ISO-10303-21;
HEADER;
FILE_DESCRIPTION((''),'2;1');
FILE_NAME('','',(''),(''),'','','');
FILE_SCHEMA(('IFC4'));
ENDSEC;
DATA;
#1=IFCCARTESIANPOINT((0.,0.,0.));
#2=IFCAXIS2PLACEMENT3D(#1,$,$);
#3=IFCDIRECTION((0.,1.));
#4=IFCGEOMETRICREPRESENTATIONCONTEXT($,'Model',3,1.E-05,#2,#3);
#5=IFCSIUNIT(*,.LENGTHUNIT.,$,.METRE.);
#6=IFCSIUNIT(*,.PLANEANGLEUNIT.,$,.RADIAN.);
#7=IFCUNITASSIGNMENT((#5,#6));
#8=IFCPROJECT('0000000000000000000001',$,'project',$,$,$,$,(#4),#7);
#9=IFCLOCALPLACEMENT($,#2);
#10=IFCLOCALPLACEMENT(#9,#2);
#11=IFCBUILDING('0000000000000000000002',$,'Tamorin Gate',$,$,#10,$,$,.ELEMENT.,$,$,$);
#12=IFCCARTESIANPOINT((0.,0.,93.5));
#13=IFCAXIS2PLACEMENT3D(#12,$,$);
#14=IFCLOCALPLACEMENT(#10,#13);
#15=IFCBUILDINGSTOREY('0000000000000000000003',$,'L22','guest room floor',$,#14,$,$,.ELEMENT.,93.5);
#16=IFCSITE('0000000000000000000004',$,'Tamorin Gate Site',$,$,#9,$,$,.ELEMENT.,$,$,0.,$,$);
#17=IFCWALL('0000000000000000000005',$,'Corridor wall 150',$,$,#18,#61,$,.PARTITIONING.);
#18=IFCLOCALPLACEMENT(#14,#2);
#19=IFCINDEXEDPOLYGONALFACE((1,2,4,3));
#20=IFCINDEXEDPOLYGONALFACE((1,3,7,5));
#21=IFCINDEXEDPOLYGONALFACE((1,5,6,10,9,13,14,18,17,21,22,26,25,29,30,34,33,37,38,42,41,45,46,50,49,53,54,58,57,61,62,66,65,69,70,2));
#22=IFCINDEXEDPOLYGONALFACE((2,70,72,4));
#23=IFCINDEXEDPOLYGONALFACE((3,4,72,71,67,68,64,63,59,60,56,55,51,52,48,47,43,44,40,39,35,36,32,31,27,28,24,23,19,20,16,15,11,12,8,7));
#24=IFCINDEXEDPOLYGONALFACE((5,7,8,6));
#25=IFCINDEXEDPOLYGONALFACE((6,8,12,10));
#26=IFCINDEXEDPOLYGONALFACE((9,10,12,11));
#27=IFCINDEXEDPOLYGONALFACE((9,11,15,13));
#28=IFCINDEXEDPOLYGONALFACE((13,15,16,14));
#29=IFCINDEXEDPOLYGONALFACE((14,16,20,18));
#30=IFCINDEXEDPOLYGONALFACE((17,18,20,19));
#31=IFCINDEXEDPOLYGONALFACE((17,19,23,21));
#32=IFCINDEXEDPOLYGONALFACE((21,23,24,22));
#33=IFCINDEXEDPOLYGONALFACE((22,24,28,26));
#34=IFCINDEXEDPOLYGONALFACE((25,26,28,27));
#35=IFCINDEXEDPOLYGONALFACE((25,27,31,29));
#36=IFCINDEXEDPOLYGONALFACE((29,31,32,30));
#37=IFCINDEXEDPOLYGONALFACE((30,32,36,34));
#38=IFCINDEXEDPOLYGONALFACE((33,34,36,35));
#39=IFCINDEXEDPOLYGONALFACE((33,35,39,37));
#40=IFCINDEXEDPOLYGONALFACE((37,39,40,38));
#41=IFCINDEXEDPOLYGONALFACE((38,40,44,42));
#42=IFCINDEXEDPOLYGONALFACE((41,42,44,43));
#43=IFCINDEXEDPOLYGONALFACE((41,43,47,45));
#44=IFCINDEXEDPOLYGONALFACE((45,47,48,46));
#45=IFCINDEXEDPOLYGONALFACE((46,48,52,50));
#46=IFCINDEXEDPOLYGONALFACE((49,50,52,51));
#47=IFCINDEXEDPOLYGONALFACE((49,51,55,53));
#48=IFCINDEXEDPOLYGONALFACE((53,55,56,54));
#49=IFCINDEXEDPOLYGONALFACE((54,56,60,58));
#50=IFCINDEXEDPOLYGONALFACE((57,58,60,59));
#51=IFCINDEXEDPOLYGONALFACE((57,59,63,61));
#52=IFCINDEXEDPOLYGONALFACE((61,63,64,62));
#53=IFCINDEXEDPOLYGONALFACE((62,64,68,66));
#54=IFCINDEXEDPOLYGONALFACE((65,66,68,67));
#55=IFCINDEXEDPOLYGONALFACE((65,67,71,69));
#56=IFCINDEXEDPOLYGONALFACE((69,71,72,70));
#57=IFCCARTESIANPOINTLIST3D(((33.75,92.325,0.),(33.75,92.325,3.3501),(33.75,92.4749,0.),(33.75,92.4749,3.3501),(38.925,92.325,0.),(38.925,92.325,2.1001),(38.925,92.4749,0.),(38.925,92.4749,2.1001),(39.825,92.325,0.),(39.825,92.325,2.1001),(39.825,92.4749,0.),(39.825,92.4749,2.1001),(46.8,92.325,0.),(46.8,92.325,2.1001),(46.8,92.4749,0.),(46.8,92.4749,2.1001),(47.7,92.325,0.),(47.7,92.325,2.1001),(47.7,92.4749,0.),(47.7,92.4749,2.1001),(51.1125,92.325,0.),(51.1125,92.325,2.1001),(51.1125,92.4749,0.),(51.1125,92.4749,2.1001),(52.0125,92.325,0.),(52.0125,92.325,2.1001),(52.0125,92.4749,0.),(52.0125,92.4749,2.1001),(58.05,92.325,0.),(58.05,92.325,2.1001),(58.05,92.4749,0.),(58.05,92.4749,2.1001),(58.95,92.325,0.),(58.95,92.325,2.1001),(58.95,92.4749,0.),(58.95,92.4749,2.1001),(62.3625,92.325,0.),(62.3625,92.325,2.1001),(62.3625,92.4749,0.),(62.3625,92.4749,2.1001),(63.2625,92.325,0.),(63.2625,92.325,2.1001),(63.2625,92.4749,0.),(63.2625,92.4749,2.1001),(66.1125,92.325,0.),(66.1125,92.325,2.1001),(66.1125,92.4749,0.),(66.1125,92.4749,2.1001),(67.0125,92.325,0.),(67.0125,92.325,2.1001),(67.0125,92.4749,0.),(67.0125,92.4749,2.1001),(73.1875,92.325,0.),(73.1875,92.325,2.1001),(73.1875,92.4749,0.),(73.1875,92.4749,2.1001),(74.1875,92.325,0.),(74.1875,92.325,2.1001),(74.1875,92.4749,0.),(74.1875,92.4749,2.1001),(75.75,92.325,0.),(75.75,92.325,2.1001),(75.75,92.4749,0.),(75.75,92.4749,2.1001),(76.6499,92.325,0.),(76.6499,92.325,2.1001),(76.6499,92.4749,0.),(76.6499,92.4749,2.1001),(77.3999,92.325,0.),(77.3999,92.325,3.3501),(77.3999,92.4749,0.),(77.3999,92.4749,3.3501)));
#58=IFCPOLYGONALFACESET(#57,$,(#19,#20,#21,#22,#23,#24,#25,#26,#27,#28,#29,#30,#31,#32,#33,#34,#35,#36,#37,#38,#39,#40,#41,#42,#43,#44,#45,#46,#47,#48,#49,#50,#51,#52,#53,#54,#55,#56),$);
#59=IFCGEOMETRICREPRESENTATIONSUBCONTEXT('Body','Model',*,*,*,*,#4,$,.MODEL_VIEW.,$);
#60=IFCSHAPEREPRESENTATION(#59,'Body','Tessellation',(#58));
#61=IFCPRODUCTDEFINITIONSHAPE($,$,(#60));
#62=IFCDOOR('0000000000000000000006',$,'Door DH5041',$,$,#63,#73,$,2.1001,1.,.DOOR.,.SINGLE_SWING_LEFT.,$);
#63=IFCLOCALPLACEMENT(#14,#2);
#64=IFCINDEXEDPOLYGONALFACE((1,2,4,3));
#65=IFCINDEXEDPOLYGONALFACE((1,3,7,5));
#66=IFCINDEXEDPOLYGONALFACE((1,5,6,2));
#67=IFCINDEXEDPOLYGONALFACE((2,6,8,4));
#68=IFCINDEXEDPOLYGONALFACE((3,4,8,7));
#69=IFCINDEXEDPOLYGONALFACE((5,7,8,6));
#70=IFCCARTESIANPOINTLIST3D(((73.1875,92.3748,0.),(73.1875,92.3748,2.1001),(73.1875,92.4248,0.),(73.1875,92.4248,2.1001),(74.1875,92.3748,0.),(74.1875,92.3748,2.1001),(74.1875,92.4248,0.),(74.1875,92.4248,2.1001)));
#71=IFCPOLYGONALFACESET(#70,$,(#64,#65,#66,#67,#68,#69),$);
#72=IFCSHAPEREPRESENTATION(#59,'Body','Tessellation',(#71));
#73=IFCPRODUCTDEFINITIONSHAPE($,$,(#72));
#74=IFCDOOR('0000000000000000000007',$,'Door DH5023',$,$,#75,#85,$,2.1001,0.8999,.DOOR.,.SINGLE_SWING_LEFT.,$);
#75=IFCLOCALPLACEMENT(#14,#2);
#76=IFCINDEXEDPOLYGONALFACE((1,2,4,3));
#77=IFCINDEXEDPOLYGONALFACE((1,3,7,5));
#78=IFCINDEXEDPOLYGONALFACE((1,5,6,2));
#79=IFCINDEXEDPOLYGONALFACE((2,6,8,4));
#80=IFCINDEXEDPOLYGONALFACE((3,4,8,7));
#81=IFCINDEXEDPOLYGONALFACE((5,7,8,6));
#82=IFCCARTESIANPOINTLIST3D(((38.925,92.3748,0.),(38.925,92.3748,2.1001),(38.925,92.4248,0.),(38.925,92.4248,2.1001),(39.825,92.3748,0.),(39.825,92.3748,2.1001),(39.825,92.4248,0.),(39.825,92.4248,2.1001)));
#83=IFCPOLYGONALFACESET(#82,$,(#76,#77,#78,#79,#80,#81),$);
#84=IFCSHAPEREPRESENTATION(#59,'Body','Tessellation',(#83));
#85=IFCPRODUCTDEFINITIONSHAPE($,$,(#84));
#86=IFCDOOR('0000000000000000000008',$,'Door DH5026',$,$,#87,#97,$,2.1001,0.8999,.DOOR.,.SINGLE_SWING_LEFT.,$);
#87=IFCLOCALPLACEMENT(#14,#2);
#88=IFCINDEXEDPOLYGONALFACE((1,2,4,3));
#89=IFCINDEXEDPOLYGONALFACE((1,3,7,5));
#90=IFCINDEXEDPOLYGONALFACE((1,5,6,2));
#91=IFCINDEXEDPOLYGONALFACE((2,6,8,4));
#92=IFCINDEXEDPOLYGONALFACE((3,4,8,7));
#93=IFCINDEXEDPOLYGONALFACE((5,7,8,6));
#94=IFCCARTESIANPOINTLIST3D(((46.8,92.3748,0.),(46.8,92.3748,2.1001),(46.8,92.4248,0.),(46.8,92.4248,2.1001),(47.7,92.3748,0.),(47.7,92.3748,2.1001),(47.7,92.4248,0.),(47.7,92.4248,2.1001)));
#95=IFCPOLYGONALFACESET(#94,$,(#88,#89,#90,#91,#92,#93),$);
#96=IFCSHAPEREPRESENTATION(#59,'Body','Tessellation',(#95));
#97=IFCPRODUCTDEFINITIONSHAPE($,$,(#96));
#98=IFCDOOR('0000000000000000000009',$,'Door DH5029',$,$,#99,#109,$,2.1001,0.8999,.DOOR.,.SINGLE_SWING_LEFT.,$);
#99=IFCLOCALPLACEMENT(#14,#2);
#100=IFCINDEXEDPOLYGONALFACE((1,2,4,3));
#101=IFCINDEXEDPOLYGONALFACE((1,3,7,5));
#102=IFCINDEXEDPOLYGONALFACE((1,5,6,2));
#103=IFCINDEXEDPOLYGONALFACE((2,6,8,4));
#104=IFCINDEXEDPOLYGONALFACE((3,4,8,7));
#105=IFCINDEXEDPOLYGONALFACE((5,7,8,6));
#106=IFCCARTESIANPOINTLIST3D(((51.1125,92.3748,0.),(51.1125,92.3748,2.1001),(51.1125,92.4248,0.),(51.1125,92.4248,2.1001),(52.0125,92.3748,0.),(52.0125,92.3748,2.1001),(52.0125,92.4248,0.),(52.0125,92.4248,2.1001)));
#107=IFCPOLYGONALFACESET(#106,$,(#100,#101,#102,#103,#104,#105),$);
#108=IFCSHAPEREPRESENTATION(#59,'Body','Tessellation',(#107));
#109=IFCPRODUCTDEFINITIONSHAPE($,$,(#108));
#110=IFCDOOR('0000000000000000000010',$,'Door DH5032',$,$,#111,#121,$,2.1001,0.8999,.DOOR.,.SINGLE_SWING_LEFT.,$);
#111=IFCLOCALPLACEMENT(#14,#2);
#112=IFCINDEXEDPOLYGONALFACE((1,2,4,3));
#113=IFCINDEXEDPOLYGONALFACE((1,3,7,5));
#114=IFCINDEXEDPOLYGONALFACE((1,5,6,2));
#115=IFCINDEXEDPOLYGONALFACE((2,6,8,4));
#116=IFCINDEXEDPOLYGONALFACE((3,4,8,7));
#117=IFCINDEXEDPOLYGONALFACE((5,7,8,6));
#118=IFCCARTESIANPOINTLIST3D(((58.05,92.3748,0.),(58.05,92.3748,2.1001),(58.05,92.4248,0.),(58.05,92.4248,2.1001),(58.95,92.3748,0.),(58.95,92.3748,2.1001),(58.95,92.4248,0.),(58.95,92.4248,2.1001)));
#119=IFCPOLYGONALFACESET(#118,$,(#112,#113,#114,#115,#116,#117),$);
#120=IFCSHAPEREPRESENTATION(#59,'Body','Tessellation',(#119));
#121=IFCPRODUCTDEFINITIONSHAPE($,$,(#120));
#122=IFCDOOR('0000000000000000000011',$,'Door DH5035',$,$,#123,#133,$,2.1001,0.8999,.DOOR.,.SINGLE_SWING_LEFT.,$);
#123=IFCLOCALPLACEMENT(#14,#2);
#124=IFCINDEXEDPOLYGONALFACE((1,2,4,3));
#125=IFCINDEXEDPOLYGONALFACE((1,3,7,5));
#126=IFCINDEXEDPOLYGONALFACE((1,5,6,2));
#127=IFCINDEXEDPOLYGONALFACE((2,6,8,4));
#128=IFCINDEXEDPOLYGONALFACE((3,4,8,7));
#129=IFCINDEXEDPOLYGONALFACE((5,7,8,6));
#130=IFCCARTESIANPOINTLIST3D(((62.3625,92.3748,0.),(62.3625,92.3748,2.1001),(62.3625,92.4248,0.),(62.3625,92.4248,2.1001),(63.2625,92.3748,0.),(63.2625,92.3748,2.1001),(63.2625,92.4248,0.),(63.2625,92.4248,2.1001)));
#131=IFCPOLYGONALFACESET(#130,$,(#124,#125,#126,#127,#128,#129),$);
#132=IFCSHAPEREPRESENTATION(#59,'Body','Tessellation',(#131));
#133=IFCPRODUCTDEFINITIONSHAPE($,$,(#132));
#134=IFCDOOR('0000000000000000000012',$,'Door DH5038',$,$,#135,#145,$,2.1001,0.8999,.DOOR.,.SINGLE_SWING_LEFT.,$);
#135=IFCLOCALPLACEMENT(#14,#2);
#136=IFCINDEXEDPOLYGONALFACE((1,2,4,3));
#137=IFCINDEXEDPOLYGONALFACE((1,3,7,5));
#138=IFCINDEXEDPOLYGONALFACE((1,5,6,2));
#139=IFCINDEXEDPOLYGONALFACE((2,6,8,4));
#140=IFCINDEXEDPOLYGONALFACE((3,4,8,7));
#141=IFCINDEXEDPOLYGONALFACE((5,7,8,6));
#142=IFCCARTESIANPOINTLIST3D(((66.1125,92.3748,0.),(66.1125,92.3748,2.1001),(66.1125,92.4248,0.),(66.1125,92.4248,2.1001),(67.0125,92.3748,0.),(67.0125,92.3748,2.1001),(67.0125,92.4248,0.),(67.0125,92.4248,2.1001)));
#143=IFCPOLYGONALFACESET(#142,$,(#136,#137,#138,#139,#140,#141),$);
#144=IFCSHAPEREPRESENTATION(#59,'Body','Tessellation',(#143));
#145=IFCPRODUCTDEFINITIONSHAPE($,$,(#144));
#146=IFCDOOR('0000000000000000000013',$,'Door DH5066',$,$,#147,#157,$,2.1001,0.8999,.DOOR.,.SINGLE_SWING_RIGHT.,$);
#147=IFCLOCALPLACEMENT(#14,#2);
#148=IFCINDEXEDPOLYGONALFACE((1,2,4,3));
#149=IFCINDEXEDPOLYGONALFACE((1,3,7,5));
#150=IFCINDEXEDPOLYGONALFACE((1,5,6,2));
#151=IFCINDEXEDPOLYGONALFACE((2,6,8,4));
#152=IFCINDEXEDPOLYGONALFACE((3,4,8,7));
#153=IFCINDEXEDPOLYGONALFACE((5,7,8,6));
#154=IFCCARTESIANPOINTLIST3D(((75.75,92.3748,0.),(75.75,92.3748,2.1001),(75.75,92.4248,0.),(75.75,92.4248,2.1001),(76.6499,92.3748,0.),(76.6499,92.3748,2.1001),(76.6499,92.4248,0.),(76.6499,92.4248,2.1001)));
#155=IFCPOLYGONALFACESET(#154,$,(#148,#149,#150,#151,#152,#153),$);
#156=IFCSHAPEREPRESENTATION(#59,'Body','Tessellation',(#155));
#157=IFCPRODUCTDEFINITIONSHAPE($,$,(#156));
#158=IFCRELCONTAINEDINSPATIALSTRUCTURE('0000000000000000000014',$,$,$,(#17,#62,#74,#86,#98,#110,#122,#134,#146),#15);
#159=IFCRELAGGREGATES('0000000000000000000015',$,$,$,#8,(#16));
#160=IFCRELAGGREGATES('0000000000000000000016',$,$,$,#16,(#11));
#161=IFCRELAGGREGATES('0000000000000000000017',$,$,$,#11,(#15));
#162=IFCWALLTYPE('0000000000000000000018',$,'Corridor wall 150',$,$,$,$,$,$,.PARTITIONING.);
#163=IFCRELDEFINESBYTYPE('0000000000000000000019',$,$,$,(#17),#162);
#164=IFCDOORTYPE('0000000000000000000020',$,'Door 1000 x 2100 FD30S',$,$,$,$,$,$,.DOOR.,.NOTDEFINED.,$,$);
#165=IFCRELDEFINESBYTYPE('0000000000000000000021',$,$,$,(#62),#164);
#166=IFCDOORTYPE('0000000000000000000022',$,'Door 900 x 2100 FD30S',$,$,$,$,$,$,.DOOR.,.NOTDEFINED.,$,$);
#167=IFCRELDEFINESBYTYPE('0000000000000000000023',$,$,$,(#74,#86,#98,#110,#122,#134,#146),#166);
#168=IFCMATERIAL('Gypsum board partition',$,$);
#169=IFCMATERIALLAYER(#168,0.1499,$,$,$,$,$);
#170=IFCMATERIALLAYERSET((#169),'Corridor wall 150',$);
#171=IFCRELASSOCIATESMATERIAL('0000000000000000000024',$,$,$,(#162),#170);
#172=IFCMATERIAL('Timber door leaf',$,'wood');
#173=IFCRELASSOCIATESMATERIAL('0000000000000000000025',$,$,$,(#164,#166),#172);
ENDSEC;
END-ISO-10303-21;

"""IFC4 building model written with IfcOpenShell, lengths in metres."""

from ifc_helpers import new_model, si_unit, direction, frame, frame_2d, origin, place, context, subcontext, project, spatial, rectangle, extrude, material, layer, layer_set, type_object, element, fill, save


model = new_model("IFC4")

# Units and contexts
model_context = context("Model", 3, precision=1e-05, world=origin(), true_north=direction((0.0, 1.0)))
body_context = subcontext(model_context, "Body", "Model", "MODEL_VIEW")
ifc_project = project(units=[si_unit("LENGTHUNIT", "METRE"), si_unit("PLANEANGLEUNIT", "RADIAN")], contexts=[model_context])

# Site, building, storey
site_placement = place(None, origin())
site = spatial("IfcSite", under=ifc_project, at=site_placement, Name="Tamorin Gate Site", CompositionType="ELEMENT", RefElevation=0.0)
building_placement = place(site_placement, origin())
building = spatial("IfcBuilding", under=site, at=building_placement, Name="Tamorin Gate", CompositionType="ELEMENT")
storey_placement = place(building_placement, frame((0.0, 0.0, 93.5)))
storey = spatial("IfcBuildingStorey", under=building, at=storey_placement, Name="L22", Description="guest room floor", CompositionType="ELEMENT", Elevation=93.5)

# Wall, openings, doors
ifc_material_1 = material(Name="Gypsum board partition")
ifc_layer_1 = layer(ifc_material_1, 0.1499)
ifc_layer_set_1 = layer_set([ifc_layer_1], Name="Corridor wall 150")
wall_type_1 = type_object("IfcWallType", Name="Corridor wall 150", PredefinedType="PARTITIONING", material=ifc_layer_set_1)
wall_1_placement = place(storey_placement, frame((33.75, 92.3999, 0.0), z_axis=(0.0, 0.0, 1.0), x_axis=(1.0, 0.0, 0.0)))
wall_1 = element("IfcWall", 1, at=wall_1_placement, inside=storey, type_object=wall_type_1, Name="Corridor wall 150", PredefinedType="PARTITIONING", context=body_context, shape_type="SweptSolid", body=[
    extrude(rectangle(XDim=43.6499, YDim=0.1499, at=frame_2d((21.825, 0.0))), origin(), (0.0, 0.0, 1.0), 3.3501),
])
opening_1_placement = place(wall_1_placement, frame((5.175, 0.0, 0.0)))
opening_1 = element("IfcOpeningElement", 2, at=opening_1_placement, cuts=wall_1, PredefinedType="OPENING", context=body_context, shape_type="SweptSolid", body=[
    extrude(rectangle(XDim=0.8999, YDim=2.1001, at=frame_2d((0.45, 1.05))), frame((0.0, 0.085, 0.0), z_axis=(0.0, -1.0, 0.0), x_axis=(1.0, 0.0, 0.0)), (0.0, 0.0, 1.0), 0.1699),
])
opening_2_placement = place(wall_1_placement, frame((13.05, 0.0, 0.0)))
opening_2 = element("IfcOpeningElement", 3, at=opening_2_placement, cuts=wall_1, PredefinedType="OPENING", context=body_context, shape_type="SweptSolid", body=[
    extrude(rectangle(XDim=0.8999, YDim=2.1001, at=frame_2d((0.45, 1.05))), frame((0.0, 0.085, 0.0), z_axis=(0.0, -1.0, 0.0), x_axis=(1.0, 0.0, 0.0)), (0.0, 0.0, 1.0), 0.1699),
])
opening_3_placement = place(wall_1_placement, frame((17.3625, 0.0, 0.0)))
opening_3 = element("IfcOpeningElement", 4, at=opening_3_placement, cuts=wall_1, PredefinedType="OPENING", context=body_context, shape_type="SweptSolid", body=[
    extrude(rectangle(XDim=0.8999, YDim=2.1001, at=frame_2d((0.45, 1.05))), frame((0.0, 0.085, 0.0), z_axis=(0.0, -1.0, 0.0), x_axis=(1.0, 0.0, 0.0)), (0.0, 0.0, 1.0), 0.1699),
])
opening_4_placement = place(wall_1_placement, frame((24.3, 0.0, 0.0)))
opening_4 = element("IfcOpeningElement", 5, at=opening_4_placement, cuts=wall_1, PredefinedType="OPENING", context=body_context, shape_type="SweptSolid", body=[
    extrude(rectangle(XDim=0.8999, YDim=2.1001, at=frame_2d((0.45, 1.05))), frame((0.0, 0.085, 0.0), z_axis=(0.0, -1.0, 0.0), x_axis=(1.0, 0.0, 0.0)), (0.0, 0.0, 1.0), 0.1699),
])
opening_5_placement = place(wall_1_placement, frame((28.6125, 0.0, 0.0)))
opening_5 = element("IfcOpeningElement", 6, at=opening_5_placement, cuts=wall_1, PredefinedType="OPENING", context=body_context, shape_type="SweptSolid", body=[
    extrude(rectangle(XDim=0.8999, YDim=2.1001, at=frame_2d((0.45, 1.05))), frame((0.0, 0.085, 0.0), z_axis=(0.0, -1.0, 0.0), x_axis=(1.0, 0.0, 0.0)), (0.0, 0.0, 1.0), 0.1699),
])
opening_6_placement = place(wall_1_placement, frame((32.3625, 0.0, 0.0)))
opening_6 = element("IfcOpeningElement", 7, at=opening_6_placement, cuts=wall_1, PredefinedType="OPENING", context=body_context, shape_type="SweptSolid", body=[
    extrude(rectangle(XDim=0.8999, YDim=2.1001, at=frame_2d((0.45, 1.05))), frame((0.0, 0.085, 0.0), z_axis=(0.0, -1.0, 0.0), x_axis=(1.0, 0.0, 0.0)), (0.0, 0.0, 1.0), 0.1699),
])
opening_7_placement = place(wall_1_placement, frame((39.4375, 0.0, 0.0)))
opening_7 = element("IfcOpeningElement", 8, at=opening_7_placement, cuts=wall_1, PredefinedType="OPENING", context=body_context, shape_type="SweptSolid", body=[
    extrude(rectangle(XDim=1.0, YDim=2.1001, at=frame_2d((0.5, 1.05))), frame((0.0, 0.085, 0.0), z_axis=(0.0, -1.0, 0.0), x_axis=(1.0, 0.0, 0.0)), (0.0, 0.0, 1.0), 0.1699),
])
opening_8_placement = place(wall_1_placement, frame((42.0, 0.0, 0.0)))
opening_8 = element("IfcOpeningElement", 9, at=opening_8_placement, cuts=wall_1, PredefinedType="OPENING", context=body_context, shape_type="SweptSolid", body=[
    extrude(rectangle(XDim=0.8999, YDim=2.1001, at=frame_2d((0.45, 1.05))), frame((0.0, 0.085, 0.0), z_axis=(0.0, -1.0, 0.0), x_axis=(1.0, 0.0, 0.0)), (0.0, 0.0, 1.0), 0.1699),
])
ifc_material_2 = material(Name="Timber door leaf", Category="wood")
door_type_1 = type_object("IfcDoorType", Name="Door 1000 x 2100 FD30S", OperationType="NOTDEFINED", PredefinedType="DOOR", material=ifc_material_2)
door_1_placement = place(opening_7_placement, origin())
door_1 = element("IfcDoor", 10, at=door_1_placement, inside=storey, type_object=door_type_1, Name="Door DH5041", OperationType="SINGLE_SWING_LEFT", OverallHeight=2.1001, OverallWidth=1.0, PredefinedType="DOOR", context=body_context, shape_type="SweptSolid", body=[
    extrude(rectangle(XDim=1.0, YDim=2.1001, at=frame_2d((0.5, 1.05))), frame((0.0, 0.0249, 0.0), z_axis=(0.0, -1.0, 0.0), x_axis=(1.0, 0.0, 0.0)), (0.0, 0.0, 1.0), 0.05),
])
fill(opening_7, door_1)
door_type_2 = type_object("IfcDoorType", Name="Door 900 x 2100 FD30S", OperationType="NOTDEFINED", PredefinedType="DOOR", material=ifc_material_2)
door_2_placement = place(opening_1_placement, origin())
door_2 = element("IfcDoor", 11, at=door_2_placement, inside=storey, type_object=door_type_2, Name="Door DH5023", OperationType="SINGLE_SWING_LEFT", OverallHeight=2.1001, OverallWidth=0.8999, PredefinedType="DOOR", context=body_context, shape_type="SweptSolid", body=[
    extrude(rectangle(XDim=0.8999, YDim=2.1001, at=frame_2d((0.45, 1.05))), frame((0.0, 0.0249, 0.0), z_axis=(0.0, -1.0, 0.0), x_axis=(1.0, 0.0, 0.0)), (0.0, 0.0, 1.0), 0.05),
])
fill(opening_1, door_2)
door_3_placement = place(opening_2_placement, origin())
door_3 = element("IfcDoor", 12, at=door_3_placement, inside=storey, type_object=door_type_2, Name="Door DH5026", OperationType="SINGLE_SWING_LEFT", OverallHeight=2.1001, OverallWidth=0.8999, PredefinedType="DOOR", context=body_context, shape_type="SweptSolid", body=[
    extrude(rectangle(XDim=0.8999, YDim=2.1001, at=frame_2d((0.45, 1.05))), frame((0.0, 0.0249, 0.0), z_axis=(0.0, -1.0, 0.0), x_axis=(1.0, 0.0, 0.0)), (0.0, 0.0, 1.0), 0.05),
])
fill(opening_2, door_3)
door_4_placement = place(opening_3_placement, origin())
door_4 = element("IfcDoor", 13, at=door_4_placement, inside=storey, type_object=door_type_2, Name="Door DH5029", OperationType="SINGLE_SWING_LEFT", OverallHeight=2.1001, OverallWidth=0.8999, PredefinedType="DOOR", context=body_context, shape_type="SweptSolid", body=[
    extrude(rectangle(XDim=0.8999, YDim=2.1001, at=frame_2d((0.45, 1.05))), frame((0.0, 0.0249, 0.0), z_axis=(0.0, -1.0, 0.0), x_axis=(1.0, 0.0, 0.0)), (0.0, 0.0, 1.0), 0.05),
])
fill(opening_3, door_4)
door_5_placement = place(opening_4_placement, origin())
door_5 = element("IfcDoor", 14, at=door_5_placement, inside=storey, type_object=door_type_2, Name="Door DH5032", OperationType="SINGLE_SWING_LEFT", OverallHeight=2.1001, OverallWidth=0.8999, PredefinedType="DOOR", context=body_context, shape_type="SweptSolid", body=[
    extrude(rectangle(XDim=0.8999, YDim=2.1001, at=frame_2d((0.45, 1.05))), frame((0.0, 0.0249, 0.0), z_axis=(0.0, -1.0, 0.0), x_axis=(1.0, 0.0, 0.0)), (0.0, 0.0, 1.0), 0.05),
])
fill(opening_4, door_5)
door_6_placement = place(opening_5_placement, origin())
door_6 = element("IfcDoor", 15, at=door_6_placement, inside=storey, type_object=door_type_2, Name="Door DH5035", OperationType="SINGLE_SWING_LEFT", OverallHeight=2.1001, OverallWidth=0.8999, PredefinedType="DOOR", context=body_context, shape_type="SweptSolid", body=[
    extrude(rectangle(XDim=0.8999, YDim=2.1001, at=frame_2d((0.45, 1.05))), frame((0.0, 0.0249, 0.0), z_axis=(0.0, -1.0, 0.0), x_axis=(1.0, 0.0, 0.0)), (0.0, 0.0, 1.0), 0.05),
])
fill(opening_5, door_6)
door_7_placement = place(opening_6_placement, origin())
door_7 = element("IfcDoor", 16, at=door_7_placement, inside=storey, type_object=door_type_2, Name="Door DH5038", OperationType="SINGLE_SWING_LEFT", OverallHeight=2.1001, OverallWidth=0.8999, PredefinedType="DOOR", context=body_context, shape_type="SweptSolid", body=[
    extrude(rectangle(XDim=0.8999, YDim=2.1001, at=frame_2d((0.45, 1.05))), frame((0.0, 0.0249, 0.0), z_axis=(0.0, -1.0, 0.0), x_axis=(1.0, 0.0, 0.0)), (0.0, 0.0, 1.0), 0.05),
])
fill(opening_6, door_7)
door_8_placement = place(opening_8_placement, origin())
door_8 = element("IfcDoor", 17, at=door_8_placement, inside=storey, type_object=door_type_2, Name="Door DH5066", OperationType="SINGLE_SWING_RIGHT", OverallHeight=2.1001, OverallWidth=0.8999, PredefinedType="DOOR", context=body_context, shape_type="SweptSolid", body=[
    extrude(rectangle(XDim=0.8999, YDim=2.1001, at=frame_2d((0.45, 1.05))), frame((0.0, 0.0249, 0.0), z_axis=(0.0, -1.0, 0.0), x_axis=(1.0, 0.0, 0.0)), (0.0, 0.0, 1.0), 0.05),
])
fill(opening_8, door_8)

save(model, "model.ifc")
